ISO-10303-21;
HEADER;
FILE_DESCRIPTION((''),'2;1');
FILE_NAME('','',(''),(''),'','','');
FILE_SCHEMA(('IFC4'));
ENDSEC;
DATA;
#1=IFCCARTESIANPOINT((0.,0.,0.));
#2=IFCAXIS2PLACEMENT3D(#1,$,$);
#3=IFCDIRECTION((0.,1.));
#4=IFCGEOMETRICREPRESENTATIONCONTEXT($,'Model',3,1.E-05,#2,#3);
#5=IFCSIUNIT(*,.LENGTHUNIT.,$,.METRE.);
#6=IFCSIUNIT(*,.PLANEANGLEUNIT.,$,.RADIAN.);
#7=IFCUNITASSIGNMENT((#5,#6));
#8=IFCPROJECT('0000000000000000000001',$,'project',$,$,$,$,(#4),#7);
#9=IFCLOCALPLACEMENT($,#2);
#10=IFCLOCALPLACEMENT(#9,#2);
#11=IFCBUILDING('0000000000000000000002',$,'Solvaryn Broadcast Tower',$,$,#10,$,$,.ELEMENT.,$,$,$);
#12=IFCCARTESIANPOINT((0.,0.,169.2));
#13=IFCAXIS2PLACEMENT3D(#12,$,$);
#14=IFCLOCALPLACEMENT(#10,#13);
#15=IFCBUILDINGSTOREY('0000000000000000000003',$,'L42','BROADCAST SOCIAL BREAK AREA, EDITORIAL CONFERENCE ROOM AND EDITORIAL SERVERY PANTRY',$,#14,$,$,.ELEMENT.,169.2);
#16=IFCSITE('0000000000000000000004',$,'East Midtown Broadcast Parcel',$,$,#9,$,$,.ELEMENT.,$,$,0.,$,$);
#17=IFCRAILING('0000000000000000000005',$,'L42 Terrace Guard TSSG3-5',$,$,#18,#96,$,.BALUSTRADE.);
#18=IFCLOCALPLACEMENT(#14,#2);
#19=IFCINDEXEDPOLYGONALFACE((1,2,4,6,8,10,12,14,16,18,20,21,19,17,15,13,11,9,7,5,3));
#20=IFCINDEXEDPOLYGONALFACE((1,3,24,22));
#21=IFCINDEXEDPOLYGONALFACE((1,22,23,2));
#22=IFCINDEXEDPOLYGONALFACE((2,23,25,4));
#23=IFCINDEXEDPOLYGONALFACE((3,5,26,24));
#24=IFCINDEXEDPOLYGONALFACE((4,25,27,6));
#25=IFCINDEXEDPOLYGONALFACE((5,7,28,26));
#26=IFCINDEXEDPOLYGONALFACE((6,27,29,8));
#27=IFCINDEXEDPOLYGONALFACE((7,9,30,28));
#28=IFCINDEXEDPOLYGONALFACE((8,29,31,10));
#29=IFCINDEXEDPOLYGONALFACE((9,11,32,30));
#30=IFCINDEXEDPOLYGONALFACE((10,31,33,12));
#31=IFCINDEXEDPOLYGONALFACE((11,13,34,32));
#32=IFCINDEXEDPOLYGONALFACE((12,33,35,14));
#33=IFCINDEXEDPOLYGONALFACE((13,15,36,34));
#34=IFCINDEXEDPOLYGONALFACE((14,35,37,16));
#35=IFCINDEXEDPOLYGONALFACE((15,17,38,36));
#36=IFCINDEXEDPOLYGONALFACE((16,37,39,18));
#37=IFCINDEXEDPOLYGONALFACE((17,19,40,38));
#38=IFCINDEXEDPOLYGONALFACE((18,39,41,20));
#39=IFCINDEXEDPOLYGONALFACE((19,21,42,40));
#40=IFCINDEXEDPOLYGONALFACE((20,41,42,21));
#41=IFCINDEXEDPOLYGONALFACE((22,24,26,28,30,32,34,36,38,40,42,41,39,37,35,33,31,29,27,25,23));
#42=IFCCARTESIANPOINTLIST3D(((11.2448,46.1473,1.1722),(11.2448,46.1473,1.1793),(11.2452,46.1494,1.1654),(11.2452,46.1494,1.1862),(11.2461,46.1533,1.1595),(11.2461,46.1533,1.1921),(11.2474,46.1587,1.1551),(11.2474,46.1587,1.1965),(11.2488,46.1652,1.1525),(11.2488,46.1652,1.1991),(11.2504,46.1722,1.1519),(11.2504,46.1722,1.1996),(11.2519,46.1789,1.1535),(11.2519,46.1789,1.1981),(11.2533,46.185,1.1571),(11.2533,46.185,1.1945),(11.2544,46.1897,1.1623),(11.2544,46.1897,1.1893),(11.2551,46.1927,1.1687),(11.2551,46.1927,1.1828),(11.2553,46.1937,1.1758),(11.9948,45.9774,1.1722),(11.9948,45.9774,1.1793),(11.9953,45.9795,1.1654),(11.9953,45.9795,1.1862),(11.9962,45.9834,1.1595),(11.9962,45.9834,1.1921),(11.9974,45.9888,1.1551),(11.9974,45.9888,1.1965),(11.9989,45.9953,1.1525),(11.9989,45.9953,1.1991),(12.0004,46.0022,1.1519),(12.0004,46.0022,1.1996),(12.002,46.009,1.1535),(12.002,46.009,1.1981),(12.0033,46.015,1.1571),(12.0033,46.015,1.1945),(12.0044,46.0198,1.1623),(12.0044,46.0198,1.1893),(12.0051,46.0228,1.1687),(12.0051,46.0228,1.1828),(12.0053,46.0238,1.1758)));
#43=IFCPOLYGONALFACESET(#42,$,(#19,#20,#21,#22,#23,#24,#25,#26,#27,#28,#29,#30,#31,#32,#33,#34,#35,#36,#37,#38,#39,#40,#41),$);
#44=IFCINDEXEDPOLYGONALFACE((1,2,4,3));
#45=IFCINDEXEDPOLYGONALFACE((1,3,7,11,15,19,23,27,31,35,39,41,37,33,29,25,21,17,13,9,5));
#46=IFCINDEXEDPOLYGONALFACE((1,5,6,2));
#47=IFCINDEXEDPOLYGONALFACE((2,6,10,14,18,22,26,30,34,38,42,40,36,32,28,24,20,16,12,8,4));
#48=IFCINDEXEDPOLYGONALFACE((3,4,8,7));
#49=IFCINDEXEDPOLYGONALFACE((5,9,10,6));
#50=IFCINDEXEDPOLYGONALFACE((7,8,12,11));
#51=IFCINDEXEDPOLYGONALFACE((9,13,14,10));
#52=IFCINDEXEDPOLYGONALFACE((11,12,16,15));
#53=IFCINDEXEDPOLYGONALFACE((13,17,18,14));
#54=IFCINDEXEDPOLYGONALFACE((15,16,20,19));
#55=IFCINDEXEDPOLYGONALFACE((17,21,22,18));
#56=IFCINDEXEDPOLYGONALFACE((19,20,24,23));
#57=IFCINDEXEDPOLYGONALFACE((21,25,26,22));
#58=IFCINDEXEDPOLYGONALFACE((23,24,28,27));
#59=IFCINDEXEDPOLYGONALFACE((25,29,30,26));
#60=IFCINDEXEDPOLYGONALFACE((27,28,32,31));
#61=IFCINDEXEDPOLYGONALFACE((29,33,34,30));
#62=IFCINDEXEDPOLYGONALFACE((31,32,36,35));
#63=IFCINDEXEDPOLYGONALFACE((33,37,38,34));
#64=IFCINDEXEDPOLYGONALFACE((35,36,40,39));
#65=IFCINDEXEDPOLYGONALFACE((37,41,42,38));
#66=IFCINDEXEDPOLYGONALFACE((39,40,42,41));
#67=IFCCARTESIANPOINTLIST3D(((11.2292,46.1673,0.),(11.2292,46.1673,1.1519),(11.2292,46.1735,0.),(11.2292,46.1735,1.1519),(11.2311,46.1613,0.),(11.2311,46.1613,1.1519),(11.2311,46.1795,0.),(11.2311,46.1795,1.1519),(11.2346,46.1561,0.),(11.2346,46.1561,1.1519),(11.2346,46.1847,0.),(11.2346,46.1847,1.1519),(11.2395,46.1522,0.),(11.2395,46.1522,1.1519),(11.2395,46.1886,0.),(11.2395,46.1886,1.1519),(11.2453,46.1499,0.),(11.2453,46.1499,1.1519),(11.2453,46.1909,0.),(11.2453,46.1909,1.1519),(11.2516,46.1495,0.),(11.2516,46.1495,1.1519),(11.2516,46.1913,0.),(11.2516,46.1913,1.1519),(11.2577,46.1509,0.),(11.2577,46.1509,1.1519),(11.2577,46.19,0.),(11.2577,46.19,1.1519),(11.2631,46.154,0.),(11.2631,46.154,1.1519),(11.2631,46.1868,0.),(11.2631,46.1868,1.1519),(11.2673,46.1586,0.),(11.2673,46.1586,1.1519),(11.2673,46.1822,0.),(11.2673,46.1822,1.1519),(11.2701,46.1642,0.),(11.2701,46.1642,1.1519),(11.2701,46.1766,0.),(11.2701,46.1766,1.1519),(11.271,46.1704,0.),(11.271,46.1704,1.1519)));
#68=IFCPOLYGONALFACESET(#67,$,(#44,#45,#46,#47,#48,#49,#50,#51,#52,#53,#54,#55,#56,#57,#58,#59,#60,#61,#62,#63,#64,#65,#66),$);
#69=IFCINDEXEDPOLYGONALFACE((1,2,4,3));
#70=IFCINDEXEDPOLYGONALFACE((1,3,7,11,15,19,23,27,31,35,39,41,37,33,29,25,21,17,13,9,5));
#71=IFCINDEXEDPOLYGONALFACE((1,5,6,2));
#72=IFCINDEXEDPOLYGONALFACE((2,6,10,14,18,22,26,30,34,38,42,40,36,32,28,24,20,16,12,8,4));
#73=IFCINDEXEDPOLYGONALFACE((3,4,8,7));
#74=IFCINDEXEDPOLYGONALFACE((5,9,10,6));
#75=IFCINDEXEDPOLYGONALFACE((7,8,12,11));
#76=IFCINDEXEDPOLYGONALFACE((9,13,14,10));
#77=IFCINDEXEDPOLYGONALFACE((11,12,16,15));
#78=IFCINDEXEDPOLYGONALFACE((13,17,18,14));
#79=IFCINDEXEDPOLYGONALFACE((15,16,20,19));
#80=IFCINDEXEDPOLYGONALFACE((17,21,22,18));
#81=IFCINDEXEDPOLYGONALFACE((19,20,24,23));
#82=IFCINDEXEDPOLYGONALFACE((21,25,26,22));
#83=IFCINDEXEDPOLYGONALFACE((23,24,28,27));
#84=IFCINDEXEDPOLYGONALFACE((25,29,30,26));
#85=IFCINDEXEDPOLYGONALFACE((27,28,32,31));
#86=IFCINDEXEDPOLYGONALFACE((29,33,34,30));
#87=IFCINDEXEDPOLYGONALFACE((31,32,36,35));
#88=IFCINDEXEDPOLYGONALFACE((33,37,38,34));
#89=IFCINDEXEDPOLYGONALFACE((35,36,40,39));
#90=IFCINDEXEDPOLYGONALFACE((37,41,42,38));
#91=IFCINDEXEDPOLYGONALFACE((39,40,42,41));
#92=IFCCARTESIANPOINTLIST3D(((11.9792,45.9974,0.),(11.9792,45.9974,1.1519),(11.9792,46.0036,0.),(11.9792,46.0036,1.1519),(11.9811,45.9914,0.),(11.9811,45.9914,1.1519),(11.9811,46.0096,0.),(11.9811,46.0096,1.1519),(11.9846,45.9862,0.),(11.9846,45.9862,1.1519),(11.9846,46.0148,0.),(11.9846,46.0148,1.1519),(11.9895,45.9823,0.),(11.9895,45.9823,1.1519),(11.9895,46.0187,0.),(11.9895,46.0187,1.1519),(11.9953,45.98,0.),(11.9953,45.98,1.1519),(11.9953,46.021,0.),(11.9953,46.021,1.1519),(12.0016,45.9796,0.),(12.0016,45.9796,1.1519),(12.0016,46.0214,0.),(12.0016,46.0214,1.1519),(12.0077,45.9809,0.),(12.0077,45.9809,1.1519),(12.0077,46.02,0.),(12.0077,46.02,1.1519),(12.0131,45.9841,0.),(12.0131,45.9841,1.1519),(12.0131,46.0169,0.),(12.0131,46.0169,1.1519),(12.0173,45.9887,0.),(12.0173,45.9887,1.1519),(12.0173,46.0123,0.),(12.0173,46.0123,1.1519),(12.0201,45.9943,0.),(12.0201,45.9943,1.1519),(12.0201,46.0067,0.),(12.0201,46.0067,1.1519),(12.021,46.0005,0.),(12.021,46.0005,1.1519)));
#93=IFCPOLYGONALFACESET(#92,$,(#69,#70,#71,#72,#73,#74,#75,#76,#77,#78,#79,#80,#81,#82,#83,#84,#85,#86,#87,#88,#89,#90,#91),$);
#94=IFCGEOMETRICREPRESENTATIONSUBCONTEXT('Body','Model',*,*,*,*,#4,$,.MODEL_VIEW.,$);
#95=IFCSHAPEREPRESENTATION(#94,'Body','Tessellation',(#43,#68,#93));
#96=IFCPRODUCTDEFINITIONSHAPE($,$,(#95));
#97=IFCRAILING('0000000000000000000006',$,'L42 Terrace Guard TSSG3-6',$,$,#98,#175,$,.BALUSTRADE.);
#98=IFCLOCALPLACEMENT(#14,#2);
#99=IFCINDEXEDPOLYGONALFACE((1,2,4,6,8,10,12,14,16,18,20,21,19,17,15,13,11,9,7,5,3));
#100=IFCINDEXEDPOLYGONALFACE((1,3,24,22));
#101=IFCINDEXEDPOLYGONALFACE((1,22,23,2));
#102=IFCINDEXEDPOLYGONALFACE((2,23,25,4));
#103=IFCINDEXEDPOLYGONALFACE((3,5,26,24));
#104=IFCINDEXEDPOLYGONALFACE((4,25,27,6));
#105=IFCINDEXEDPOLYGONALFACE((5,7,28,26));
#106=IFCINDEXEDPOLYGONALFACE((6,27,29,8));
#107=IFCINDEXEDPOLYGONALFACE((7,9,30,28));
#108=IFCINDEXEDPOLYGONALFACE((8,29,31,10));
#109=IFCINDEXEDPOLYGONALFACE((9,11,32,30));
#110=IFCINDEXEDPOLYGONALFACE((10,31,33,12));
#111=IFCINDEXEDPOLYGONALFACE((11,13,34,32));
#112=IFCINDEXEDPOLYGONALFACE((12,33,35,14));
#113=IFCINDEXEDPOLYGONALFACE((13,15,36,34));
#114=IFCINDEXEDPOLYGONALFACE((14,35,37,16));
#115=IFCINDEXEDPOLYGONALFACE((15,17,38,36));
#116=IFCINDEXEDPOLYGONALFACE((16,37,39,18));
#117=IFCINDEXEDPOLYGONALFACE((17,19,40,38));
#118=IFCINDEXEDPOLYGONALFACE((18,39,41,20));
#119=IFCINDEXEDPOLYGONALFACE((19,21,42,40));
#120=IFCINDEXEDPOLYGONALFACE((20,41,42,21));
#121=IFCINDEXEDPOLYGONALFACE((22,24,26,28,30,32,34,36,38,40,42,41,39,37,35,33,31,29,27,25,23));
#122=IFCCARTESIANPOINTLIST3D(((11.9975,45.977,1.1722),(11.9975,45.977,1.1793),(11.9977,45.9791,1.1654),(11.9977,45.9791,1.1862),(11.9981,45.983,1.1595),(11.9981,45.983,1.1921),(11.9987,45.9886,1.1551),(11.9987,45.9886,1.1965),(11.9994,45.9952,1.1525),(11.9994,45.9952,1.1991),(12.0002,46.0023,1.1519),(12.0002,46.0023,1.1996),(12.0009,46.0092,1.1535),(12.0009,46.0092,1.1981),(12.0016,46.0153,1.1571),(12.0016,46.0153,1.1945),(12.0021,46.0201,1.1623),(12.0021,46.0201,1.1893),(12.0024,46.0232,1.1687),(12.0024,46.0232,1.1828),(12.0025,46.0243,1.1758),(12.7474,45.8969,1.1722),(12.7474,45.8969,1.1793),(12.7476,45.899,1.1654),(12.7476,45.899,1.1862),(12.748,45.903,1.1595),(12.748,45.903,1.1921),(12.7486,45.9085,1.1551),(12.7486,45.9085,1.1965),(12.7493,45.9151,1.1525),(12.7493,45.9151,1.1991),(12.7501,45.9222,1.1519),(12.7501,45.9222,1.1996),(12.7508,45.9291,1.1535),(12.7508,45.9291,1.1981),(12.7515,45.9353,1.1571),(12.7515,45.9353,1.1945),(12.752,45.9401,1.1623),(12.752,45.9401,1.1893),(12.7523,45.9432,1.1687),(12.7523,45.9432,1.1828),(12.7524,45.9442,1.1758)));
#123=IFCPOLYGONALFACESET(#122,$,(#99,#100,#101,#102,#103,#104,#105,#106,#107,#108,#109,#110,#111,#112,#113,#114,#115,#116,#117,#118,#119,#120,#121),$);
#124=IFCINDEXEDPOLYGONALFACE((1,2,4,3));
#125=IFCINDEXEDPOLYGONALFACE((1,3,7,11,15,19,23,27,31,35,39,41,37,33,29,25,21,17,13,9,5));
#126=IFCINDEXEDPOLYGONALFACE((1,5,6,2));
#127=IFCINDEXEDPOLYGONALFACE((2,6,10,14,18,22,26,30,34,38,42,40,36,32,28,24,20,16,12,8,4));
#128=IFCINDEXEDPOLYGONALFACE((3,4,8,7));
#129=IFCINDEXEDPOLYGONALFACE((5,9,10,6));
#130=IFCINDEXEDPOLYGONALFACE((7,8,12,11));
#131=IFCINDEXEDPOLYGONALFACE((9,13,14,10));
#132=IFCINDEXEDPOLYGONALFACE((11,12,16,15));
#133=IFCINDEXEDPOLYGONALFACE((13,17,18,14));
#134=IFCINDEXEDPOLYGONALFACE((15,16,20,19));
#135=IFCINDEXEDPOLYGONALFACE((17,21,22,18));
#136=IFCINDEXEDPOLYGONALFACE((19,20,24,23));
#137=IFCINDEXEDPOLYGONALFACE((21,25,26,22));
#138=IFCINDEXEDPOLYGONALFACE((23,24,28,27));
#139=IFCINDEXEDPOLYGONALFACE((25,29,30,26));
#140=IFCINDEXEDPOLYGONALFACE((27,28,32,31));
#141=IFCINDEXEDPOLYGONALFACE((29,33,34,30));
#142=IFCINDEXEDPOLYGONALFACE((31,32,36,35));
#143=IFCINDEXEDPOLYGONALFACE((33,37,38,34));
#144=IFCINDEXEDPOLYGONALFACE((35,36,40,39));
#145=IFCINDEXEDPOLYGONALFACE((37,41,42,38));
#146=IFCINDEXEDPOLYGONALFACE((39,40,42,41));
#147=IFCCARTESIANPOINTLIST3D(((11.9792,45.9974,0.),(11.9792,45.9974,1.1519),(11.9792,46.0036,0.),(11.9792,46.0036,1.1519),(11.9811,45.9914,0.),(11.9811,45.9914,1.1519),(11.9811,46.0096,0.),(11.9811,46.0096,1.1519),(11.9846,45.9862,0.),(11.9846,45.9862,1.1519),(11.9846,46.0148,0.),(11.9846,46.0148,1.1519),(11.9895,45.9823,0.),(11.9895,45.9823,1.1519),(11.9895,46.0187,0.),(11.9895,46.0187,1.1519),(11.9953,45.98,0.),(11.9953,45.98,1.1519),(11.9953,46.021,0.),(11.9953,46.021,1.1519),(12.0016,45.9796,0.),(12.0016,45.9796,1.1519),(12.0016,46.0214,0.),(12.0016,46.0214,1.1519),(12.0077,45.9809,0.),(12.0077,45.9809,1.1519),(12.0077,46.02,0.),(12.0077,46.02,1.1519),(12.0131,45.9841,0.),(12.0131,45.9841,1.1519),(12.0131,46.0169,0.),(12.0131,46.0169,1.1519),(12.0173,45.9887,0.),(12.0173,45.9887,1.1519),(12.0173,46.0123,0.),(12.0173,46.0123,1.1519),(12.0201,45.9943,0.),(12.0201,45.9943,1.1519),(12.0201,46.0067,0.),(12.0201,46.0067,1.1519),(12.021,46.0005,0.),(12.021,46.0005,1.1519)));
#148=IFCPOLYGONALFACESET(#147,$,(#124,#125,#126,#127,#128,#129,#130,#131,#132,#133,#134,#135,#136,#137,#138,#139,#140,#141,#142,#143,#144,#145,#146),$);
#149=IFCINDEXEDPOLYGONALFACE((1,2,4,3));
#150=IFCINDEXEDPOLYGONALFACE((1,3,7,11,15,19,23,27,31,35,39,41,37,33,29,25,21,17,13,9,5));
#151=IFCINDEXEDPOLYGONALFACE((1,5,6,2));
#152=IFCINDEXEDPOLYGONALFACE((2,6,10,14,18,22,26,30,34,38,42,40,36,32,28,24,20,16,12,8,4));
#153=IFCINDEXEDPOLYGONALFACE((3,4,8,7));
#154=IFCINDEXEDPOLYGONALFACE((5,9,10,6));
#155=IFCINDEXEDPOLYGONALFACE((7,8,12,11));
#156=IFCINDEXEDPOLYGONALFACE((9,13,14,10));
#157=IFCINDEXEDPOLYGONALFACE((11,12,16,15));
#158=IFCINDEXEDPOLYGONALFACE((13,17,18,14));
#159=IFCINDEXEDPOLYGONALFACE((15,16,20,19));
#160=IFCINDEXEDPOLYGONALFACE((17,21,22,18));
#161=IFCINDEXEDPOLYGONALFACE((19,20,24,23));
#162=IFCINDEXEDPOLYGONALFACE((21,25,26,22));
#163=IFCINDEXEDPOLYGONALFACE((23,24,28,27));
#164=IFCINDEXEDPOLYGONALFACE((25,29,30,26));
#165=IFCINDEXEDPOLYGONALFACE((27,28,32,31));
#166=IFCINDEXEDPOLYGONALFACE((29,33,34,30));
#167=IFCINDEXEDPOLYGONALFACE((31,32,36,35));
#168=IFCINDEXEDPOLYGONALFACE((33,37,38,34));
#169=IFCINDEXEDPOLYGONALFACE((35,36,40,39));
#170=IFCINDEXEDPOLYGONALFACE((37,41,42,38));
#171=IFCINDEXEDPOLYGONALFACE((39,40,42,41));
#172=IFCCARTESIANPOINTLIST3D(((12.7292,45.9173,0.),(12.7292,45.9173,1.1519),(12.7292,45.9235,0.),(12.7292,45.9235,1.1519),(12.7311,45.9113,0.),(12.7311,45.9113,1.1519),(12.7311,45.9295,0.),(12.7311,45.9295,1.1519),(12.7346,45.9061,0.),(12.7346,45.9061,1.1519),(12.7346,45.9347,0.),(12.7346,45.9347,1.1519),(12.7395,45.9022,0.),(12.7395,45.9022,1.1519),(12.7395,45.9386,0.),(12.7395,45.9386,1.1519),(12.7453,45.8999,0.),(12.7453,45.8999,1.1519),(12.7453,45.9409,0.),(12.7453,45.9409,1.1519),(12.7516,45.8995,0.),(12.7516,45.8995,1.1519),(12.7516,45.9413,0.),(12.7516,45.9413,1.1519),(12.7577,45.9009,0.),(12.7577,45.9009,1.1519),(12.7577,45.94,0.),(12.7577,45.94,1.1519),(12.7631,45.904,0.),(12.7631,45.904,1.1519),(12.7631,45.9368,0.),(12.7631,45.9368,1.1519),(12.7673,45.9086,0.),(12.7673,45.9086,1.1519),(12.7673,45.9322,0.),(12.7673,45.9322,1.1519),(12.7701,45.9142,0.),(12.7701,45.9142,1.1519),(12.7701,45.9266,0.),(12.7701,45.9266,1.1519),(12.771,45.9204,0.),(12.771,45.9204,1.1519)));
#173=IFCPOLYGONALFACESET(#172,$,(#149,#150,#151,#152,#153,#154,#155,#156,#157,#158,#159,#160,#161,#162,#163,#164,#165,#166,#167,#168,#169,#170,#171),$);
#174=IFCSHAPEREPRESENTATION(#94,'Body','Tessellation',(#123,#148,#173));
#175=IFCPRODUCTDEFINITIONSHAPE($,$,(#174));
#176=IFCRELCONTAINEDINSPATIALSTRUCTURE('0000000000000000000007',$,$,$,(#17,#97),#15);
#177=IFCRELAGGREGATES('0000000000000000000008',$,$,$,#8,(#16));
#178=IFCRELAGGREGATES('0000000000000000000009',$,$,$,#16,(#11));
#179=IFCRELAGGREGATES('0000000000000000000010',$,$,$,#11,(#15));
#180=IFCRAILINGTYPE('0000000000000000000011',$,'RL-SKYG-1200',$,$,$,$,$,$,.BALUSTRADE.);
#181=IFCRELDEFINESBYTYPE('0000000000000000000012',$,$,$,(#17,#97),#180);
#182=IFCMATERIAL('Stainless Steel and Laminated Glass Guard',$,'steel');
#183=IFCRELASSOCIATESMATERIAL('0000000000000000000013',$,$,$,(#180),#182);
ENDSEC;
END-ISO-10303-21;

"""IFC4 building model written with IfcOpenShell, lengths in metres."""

from ifc_helpers import new_model, si_unit, direction, frame, origin, origin_2d, place, context, subcontext, project, spatial, circle, extrude, material, type_object, element, save


model = new_model("IFC4")

# Units and contexts
model_context = context("Model", 3, precision=1e-05, world=origin(), true_north=direction((0.0, 1.0)))
body_context = subcontext(model_context, "Body", "Model", "MODEL_VIEW")
ifc_project = project(units=[si_unit("LENGTHUNIT", "METRE"), si_unit("PLANEANGLEUNIT", "RADIAN")], contexts=[model_context])

# Site, building, storey
site_placement = place(None, origin())
site = spatial("IfcSite", under=ifc_project, at=site_placement, Name="East Midtown Broadcast Parcel", CompositionType="ELEMENT", RefElevation=0.0)
building_placement = place(site_placement, origin())
building = spatial("IfcBuilding", under=site, at=building_placement, Name="Solvaryn Broadcast Tower", CompositionType="ELEMENT")
storey_placement = place(building_placement, frame((0.0, 0.0, 169.2)))
storey = spatial("IfcBuildingStorey", under=building, at=storey_placement, Name="L42", Description="BROADCAST SOCIAL BREAK AREA, EDITORIAL CONFERENCE ROOM AND EDITORIAL SERVERY PANTRY", CompositionType="ELEMENT", Elevation=169.2)

# Railings
ifc_material_1 = material(Name="Stainless Steel and Laminated Glass Guard", Category="steel")
railing_type = type_object("IfcRailingType", Name="RL-SKYG-1200", PredefinedType="BALUSTRADE", material=ifc_material_1)
railing_1_placement = place(storey_placement, frame((11.25, 46.1704, 0.0)))
element("IfcRailing", 1, at=railing_1_placement, inside=storey, type_object=railing_type, Name="L42 Terrace Guard TSSG3-5", PredefinedType="BALUSTRADE", context=body_context, shape_type="SweptSolid", body=[
    extrude(circle(Radius=0.0239, at=origin_2d()), frame((0.0, 0.0, 1.1758), z_axis=(0.975282, -0.220962, 0.0), x_axis=(0.220962, 0.975282, 0.0)), (0.0, 0.0, 1.0), 0.769),
    extrude(circle(Radius=0.021, at=origin_2d()), origin(), (0.0, 0.0, 1.0), 1.1519),
    extrude(circle(Radius=0.021, at=origin_2d()), frame((0.75, -0.1699, 0.0)), (0.0, 0.0, 1.0), 1.1519),
])
railing_2_placement = place(storey_placement, frame((12.0, 46.0005, 0.0)))
element("IfcRailing", 2, at=railing_2_placement, inside=storey, type_object=railing_type, Name="L42 Terrace Guard TSSG3-6", PredefinedType="BALUSTRADE", context=body_context, shape_type="SweptSolid", body=[
    extrude(circle(Radius=0.0239, at=origin_2d()), frame((0.0, 0.0, 1.1758), z_axis=(0.994348, -0.106167, 0.0), x_axis=(0.106167, 0.994348, 0.0)), (0.0, 0.0, 1.0), 0.7542),
    extrude(circle(Radius=0.021, at=origin_2d()), origin(), (0.0, 0.0, 1.0), 1.1519),
    extrude(circle(Radius=0.021, at=origin_2d()), frame((0.75, -0.0801, 0.0)), (0.0, 0.0, 1.0), 1.1519),
])

save(model, "model.ifc")
